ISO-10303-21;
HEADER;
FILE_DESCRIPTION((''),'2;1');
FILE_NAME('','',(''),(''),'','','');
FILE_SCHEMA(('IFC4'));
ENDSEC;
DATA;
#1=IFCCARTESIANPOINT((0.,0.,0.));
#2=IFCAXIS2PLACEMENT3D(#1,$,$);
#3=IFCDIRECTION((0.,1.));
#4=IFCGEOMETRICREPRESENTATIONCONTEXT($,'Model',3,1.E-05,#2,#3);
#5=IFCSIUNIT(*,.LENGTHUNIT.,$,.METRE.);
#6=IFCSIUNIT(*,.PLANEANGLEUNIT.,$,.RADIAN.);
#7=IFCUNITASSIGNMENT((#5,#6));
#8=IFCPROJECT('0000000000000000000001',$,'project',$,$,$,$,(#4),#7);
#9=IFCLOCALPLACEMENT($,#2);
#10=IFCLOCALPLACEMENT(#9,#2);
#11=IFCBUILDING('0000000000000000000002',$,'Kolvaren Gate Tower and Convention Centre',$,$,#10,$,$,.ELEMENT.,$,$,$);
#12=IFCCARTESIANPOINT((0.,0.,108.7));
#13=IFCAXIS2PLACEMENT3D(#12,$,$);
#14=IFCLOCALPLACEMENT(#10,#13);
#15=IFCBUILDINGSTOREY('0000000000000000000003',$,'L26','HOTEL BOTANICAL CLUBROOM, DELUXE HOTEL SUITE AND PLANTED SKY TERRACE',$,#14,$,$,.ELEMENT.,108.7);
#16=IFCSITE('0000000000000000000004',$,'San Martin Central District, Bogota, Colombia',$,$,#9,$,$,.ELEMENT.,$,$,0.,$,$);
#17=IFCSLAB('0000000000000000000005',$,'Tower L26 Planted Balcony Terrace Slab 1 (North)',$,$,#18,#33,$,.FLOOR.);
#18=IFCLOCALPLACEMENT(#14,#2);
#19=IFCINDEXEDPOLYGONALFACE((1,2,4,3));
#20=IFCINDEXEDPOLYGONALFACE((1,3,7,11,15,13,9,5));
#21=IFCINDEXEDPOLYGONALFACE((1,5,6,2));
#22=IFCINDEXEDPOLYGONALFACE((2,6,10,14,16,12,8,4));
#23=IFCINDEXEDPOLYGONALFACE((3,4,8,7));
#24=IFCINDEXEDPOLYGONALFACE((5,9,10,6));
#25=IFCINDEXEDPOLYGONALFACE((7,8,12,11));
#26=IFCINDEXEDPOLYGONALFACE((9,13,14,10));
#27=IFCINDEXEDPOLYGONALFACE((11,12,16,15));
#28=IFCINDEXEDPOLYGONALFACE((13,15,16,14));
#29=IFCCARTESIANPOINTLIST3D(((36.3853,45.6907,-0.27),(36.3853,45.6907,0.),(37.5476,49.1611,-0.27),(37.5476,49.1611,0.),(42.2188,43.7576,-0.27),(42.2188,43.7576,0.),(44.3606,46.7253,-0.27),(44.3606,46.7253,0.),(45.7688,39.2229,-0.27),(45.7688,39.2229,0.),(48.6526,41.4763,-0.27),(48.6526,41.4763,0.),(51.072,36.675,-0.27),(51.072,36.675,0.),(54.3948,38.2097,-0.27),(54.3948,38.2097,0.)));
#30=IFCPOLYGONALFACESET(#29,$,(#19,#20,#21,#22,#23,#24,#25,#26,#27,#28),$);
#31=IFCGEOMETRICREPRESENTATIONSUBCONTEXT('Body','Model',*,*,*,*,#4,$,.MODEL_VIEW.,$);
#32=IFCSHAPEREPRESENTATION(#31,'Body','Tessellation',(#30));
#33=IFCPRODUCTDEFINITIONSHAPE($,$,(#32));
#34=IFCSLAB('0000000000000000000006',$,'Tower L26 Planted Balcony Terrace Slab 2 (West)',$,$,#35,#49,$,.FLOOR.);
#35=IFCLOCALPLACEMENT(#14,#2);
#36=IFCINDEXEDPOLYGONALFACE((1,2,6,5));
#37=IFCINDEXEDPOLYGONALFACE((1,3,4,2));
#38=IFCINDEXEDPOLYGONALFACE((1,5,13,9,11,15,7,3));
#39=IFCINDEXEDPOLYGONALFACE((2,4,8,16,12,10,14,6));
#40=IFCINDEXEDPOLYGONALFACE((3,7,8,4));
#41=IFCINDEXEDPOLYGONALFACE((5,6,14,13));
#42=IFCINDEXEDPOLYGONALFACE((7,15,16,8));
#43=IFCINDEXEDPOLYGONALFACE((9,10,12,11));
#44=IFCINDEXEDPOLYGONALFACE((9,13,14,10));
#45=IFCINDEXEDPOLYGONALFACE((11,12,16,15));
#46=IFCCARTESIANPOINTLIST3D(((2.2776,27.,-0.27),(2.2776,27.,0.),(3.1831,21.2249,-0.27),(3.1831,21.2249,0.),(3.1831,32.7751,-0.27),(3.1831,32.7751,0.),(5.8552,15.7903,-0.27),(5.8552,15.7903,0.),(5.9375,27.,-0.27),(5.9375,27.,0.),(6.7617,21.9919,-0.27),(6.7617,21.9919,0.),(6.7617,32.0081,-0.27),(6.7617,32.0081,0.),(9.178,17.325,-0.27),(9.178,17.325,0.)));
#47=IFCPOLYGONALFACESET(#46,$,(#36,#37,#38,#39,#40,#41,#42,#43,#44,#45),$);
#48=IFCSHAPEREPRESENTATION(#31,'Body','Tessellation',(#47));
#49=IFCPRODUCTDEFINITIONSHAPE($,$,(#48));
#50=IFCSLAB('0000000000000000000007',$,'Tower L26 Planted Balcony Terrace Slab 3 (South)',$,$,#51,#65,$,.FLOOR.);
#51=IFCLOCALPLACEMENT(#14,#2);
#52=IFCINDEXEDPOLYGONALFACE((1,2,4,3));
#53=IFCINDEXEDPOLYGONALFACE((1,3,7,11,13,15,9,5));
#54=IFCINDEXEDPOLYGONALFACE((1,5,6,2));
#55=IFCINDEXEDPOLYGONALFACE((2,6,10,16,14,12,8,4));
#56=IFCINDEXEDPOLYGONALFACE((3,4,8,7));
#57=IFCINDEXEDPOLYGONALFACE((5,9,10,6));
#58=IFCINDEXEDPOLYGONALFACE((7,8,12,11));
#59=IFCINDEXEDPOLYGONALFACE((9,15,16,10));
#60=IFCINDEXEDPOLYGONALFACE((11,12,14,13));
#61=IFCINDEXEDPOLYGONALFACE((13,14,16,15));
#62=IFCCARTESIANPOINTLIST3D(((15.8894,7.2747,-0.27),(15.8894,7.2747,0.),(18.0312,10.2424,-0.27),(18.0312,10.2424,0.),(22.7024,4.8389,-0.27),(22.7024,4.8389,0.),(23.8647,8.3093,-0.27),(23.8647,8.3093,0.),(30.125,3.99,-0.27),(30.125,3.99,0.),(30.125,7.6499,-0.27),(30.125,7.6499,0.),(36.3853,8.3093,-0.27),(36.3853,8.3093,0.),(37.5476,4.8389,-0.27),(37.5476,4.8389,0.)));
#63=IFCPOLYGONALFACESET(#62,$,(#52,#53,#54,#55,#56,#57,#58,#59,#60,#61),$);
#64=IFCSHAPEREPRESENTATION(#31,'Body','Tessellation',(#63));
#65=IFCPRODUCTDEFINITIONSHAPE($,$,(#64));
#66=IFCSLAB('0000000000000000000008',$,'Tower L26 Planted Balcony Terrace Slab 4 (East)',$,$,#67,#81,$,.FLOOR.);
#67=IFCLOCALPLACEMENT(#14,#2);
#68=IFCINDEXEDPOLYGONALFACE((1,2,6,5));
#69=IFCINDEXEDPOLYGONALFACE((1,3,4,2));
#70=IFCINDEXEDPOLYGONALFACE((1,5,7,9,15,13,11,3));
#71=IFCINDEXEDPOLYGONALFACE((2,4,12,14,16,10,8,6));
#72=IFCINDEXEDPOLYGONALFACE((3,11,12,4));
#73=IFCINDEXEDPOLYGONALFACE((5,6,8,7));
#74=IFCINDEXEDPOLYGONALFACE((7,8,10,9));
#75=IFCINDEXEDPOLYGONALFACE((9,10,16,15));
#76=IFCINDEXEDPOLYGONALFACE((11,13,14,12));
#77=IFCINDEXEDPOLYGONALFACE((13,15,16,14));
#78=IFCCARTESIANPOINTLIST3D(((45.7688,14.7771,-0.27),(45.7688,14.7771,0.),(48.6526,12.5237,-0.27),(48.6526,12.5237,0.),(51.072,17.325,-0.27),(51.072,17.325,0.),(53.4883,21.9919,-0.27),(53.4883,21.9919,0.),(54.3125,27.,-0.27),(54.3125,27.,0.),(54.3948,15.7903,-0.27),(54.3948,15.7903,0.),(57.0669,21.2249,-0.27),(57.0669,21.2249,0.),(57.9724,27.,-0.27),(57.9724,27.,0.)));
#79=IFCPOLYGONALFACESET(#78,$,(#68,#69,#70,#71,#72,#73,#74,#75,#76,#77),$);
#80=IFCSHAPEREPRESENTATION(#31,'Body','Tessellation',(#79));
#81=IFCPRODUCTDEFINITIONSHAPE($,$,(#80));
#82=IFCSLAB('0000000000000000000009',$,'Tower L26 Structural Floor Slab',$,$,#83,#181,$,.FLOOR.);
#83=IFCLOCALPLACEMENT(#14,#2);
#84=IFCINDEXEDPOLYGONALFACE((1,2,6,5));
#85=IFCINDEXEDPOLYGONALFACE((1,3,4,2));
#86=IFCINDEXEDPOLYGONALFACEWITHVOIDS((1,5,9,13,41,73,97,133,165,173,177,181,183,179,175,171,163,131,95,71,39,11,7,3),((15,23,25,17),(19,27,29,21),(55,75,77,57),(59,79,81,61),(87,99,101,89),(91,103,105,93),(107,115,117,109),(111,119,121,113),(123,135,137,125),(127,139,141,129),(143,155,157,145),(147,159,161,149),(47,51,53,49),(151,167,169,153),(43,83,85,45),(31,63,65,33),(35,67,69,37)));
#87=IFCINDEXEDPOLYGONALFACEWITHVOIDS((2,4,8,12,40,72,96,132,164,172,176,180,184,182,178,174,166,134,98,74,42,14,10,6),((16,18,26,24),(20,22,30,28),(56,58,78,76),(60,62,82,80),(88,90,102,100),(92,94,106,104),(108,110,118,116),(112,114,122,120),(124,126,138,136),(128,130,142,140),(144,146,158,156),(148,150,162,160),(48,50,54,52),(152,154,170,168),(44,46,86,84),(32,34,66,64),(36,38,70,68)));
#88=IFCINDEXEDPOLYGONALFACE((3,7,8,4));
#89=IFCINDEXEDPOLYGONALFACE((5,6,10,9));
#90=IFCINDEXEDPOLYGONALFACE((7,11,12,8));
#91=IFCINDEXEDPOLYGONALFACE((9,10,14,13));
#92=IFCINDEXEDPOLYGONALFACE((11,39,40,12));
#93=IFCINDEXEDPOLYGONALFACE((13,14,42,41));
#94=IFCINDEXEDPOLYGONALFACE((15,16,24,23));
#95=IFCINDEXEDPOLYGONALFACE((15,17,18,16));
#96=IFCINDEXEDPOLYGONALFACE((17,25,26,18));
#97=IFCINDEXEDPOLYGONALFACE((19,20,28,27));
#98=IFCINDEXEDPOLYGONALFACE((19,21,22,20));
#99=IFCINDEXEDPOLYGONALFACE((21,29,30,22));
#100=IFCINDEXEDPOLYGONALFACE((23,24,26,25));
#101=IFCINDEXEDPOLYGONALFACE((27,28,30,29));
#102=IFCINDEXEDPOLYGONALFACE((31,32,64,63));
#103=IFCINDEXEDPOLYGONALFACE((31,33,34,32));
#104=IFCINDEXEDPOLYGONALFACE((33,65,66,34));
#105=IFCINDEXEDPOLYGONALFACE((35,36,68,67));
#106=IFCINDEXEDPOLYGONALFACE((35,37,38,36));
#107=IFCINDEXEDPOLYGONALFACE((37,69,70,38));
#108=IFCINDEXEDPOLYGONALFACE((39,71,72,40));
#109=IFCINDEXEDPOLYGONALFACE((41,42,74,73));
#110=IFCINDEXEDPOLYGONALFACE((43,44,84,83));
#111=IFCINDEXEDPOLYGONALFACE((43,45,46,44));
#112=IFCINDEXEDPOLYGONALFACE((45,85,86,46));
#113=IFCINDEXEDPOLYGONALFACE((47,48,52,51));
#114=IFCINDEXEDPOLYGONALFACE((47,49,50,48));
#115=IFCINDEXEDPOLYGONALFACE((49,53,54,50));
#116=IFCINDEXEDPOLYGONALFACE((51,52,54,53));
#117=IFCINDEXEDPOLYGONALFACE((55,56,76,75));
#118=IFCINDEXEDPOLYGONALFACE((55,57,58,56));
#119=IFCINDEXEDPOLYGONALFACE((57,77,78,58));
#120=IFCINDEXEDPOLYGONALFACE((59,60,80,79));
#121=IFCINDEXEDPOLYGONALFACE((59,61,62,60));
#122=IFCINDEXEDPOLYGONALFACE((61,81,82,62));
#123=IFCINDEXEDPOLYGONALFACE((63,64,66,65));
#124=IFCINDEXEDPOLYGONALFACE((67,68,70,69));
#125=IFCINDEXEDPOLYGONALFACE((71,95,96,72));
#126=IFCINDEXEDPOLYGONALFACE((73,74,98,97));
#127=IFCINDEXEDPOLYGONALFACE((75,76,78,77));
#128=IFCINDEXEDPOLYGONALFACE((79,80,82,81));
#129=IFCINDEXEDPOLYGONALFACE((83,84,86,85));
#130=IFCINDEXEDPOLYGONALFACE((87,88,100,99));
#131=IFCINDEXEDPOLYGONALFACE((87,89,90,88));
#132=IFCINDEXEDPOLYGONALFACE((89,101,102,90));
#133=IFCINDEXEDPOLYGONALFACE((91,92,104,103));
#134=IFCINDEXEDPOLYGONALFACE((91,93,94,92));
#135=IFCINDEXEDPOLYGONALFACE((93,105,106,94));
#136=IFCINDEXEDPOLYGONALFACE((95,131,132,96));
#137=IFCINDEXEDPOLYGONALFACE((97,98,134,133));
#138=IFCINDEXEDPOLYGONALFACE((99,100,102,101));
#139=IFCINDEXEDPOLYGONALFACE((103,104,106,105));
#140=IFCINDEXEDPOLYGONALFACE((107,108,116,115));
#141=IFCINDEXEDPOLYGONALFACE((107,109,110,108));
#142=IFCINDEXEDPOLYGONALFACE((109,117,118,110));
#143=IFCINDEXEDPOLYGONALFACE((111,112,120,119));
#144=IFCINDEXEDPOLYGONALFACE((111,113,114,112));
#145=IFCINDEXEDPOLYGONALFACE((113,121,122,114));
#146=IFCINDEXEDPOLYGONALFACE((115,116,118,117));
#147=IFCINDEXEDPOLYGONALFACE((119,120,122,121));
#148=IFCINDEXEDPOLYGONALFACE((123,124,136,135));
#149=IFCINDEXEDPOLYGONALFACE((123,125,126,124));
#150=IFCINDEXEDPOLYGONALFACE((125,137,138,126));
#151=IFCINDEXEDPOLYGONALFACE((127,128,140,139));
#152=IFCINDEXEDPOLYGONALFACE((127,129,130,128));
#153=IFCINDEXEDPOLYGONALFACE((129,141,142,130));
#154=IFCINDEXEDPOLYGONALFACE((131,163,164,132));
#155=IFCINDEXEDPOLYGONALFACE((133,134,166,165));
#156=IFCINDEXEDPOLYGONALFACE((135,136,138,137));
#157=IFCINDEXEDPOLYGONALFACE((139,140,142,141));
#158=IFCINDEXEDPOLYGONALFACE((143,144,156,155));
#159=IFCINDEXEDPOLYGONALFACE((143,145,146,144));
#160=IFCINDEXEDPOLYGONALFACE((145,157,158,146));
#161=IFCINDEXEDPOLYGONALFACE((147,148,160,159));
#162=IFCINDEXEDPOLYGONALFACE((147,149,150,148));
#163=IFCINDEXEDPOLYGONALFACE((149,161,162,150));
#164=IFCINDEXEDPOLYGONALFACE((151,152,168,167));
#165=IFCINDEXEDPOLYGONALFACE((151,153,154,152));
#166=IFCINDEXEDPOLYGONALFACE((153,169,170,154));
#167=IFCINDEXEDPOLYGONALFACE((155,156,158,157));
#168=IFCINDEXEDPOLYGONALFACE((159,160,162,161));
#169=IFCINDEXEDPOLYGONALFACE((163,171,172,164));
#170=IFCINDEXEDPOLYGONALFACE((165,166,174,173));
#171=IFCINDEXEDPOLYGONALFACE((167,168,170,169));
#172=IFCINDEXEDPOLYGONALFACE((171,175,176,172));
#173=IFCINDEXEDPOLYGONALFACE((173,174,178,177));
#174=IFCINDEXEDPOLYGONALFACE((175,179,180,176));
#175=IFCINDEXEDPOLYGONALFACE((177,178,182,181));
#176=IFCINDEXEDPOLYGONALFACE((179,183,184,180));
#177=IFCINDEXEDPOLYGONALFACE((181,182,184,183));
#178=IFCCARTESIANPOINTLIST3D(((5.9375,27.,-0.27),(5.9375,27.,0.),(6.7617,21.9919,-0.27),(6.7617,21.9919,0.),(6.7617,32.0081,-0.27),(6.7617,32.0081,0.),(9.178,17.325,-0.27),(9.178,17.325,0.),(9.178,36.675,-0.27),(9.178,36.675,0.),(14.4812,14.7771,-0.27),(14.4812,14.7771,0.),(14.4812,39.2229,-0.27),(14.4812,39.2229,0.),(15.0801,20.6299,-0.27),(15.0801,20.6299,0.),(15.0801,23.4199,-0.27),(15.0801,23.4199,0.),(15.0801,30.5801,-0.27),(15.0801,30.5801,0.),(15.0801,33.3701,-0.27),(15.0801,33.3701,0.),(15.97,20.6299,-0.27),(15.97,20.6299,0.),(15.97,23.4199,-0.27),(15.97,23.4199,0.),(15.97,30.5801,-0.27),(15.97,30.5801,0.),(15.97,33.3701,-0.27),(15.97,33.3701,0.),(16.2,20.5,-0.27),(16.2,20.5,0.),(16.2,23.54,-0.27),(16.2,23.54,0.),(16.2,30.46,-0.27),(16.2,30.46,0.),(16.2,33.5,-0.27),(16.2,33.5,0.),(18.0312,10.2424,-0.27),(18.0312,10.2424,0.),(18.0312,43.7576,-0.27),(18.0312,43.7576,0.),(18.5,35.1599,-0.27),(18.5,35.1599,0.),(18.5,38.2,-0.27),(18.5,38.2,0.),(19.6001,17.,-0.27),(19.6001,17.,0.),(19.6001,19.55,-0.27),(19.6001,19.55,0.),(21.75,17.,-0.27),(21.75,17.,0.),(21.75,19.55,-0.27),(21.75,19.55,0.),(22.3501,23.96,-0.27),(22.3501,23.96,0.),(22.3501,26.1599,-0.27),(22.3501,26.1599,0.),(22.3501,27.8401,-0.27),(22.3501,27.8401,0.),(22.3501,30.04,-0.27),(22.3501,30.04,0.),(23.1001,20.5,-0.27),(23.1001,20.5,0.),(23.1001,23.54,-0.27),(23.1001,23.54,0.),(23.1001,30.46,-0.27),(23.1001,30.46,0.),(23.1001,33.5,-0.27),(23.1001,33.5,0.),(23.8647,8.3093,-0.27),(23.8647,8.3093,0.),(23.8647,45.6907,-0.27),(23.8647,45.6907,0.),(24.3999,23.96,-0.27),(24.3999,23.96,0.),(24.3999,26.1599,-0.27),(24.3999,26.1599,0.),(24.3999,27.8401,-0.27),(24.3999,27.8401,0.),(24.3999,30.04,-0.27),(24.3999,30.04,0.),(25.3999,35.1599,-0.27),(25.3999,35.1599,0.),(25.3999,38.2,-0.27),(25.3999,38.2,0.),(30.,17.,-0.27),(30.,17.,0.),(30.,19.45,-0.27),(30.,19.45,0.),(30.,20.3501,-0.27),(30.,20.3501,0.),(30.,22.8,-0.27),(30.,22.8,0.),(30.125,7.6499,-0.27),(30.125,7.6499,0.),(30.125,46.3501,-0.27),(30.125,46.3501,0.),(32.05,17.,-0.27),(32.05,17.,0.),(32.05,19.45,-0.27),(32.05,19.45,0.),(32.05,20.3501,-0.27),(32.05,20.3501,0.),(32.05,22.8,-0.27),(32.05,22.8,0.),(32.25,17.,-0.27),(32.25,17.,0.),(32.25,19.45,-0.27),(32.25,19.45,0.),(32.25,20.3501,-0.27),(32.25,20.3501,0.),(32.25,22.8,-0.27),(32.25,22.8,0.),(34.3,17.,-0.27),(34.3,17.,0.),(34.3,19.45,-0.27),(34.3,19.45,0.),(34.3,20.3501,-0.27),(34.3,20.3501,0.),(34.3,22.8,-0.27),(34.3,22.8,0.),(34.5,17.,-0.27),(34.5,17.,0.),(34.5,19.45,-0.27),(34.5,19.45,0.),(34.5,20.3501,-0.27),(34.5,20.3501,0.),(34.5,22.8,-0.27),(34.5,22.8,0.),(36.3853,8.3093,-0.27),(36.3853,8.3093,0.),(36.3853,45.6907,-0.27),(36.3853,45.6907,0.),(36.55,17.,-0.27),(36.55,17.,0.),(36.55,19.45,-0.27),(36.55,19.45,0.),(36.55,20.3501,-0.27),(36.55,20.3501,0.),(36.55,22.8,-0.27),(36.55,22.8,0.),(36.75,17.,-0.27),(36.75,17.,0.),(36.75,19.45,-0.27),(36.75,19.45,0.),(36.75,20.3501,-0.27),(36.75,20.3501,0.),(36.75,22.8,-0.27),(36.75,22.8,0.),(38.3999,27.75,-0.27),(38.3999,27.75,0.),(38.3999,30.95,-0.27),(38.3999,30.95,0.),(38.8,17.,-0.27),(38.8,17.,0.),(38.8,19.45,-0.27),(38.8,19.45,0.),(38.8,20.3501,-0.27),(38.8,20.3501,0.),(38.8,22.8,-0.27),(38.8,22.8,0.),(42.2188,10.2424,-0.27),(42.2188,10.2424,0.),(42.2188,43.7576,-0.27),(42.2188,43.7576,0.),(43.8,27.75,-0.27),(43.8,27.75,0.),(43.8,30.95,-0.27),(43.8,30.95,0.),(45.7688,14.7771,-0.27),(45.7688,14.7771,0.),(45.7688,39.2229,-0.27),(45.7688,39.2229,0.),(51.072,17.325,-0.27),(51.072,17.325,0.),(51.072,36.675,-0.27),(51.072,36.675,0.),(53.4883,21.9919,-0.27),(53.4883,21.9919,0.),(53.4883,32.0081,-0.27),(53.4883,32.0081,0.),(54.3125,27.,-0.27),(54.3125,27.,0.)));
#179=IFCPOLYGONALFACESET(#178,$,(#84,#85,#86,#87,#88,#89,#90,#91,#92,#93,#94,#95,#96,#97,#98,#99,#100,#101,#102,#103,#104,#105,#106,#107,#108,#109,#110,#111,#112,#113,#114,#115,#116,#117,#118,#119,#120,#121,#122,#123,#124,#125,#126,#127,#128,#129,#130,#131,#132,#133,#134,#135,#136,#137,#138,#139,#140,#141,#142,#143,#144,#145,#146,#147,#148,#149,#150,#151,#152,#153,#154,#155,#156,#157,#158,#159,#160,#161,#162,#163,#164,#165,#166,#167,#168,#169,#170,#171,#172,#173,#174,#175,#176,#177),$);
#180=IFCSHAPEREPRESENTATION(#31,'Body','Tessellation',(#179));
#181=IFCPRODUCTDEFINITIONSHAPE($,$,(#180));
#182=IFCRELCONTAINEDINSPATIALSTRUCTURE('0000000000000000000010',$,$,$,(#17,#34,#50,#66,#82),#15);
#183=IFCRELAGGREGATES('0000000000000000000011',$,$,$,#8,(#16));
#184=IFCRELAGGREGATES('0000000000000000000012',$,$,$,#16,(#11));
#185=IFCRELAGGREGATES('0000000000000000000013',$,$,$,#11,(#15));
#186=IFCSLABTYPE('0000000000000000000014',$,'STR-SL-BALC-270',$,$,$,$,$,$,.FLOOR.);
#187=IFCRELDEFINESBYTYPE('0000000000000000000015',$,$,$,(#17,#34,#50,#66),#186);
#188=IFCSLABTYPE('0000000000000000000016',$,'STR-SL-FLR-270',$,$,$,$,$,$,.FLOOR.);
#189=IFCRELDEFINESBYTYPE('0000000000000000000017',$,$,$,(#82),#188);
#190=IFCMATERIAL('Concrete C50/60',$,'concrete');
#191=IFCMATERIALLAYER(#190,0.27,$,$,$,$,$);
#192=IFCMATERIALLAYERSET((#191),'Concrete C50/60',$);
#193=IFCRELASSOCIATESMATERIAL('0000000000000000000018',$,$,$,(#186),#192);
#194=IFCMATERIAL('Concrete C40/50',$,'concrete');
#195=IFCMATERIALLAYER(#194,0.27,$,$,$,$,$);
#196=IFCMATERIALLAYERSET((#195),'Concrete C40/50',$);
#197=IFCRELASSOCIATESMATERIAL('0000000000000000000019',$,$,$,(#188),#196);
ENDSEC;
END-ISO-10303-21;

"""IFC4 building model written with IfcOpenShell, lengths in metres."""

from ifc_helpers import new_model, si_unit, direction, frame, origin, place, context, subcontext, project, spatial, polyline, outline, extrude, material, layer, layer_set, type_object, element, save


model = new_model("IFC4")

# Units and contexts
model_context = context("Model", 3, precision=1e-05, world=origin(), true_north=direction((0.0, 1.0)))
body_context = subcontext(model_context, "Body", "Model", "MODEL_VIEW")
ifc_project = project(units=[si_unit("LENGTHUNIT", "METRE"), si_unit("PLANEANGLEUNIT", "RADIAN")], contexts=[model_context])

# Site, building, storey
site_placement = place(None, origin())
site = spatial("IfcSite", under=ifc_project, at=site_placement, Name="San Martin Central District, Bogota, Colombia", CompositionType="ELEMENT", RefElevation=0.0)
building_placement = place(site_placement, origin())
building = spatial("IfcBuilding", under=site, at=building_placement, Name="Kolvaren Gate Tower and Convention Centre", CompositionType="ELEMENT")
storey_placement = place(building_placement, frame((0.0, 0.0, 108.7)))
storey = spatial("IfcBuildingStorey", under=building, at=storey_placement, Name="L26", Description="HOTEL BOTANICAL CLUBROOM, DELUXE HOTEL SUITE AND PLANTED SKY TERRACE", CompositionType="ELEMENT", Elevation=108.7)

# Slabs
ifc_material_1 = material(Name="Concrete C50/60", Category="concrete")
ifc_layer_1 = layer(ifc_material_1, 0.27)
ifc_layer_set_1 = layer_set([ifc_layer_1], Name="Concrete C50/60")
slab_type_1 = type_object("IfcSlabType", Name="STR-SL-BALC-270", PredefinedType="FLOOR", material=ifc_layer_set_1)
slab_1_placement = place(storey_placement, frame((0.0, 0.0, -0.27)))
element("IfcSlab", 1, at=slab_1_placement, inside=storey, type_object=slab_type_1, Name="Tower L26 Planted Balcony Terrace Slab 1 (North)", PredefinedType="FLOOR", context=body_context, shape_type="SweptSolid", body=[
    extrude(outline(polyline([(51.072, 36.675), (45.7688, 39.2229), (42.2188, 43.7576), (36.3853, 45.6907), (37.5476, 49.1611), (44.3606, 46.7253), (48.6526, 41.4763), (54.3948, 38.2097), (51.072, 36.675)])), origin(), (0.0, 0.0, 1.0), 0.27),
])
slab_2_placement = place(storey_placement, frame((0.0, 0.0, -0.27)))
element("IfcSlab", 2, at=slab_2_placement, inside=storey, type_object=slab_type_1, Name="Tower L26 Planted Balcony Terrace Slab 2 (West)", PredefinedType="FLOOR", context=body_context, shape_type="SweptSolid", body=[
    extrude(outline(polyline([(6.7617, 32.0081), (5.9375, 27.0), (6.7617, 21.9919), (9.178, 17.325), (5.8552, 15.7903), (3.1831, 21.2249), (2.2776, 27.0), (3.1831, 32.7751), (6.7617, 32.0081)])), origin(), (0.0, 0.0, 1.0), 0.27),
])
slab_3_placement = place(storey_placement, frame((0.0, 0.0, -0.27)))
element("IfcSlab", 3, at=slab_3_placement, inside=storey, type_object=slab_type_1, Name="Tower L26 Planted Balcony Terrace Slab 3 (South)", PredefinedType="FLOOR", context=body_context, shape_type="SweptSolid", body=[
    extrude(outline(polyline([(18.0312, 10.2424), (23.8647, 8.3093), (30.125, 7.6499), (36.3853, 8.3093), (37.5476, 4.8389), (30.125, 3.99), (22.7024, 4.8389), (15.8894, 7.2747), (18.0312, 10.2424)])), origin(), (0.0, 0.0, 1.0), 0.27),
])
slab_4_placement = place(storey_placement, frame((0.0, 0.0, -0.27)))
element("IfcSlab", 4, at=slab_4_placement, inside=storey, type_object=slab_type_1, Name="Tower L26 Planted Balcony Terrace Slab 4 (East)", PredefinedType="FLOOR", context=body_context, shape_type="SweptSolid", body=[
    extrude(outline(polyline([(45.7688, 14.7771), (51.072, 17.325), (53.4883, 21.9919), (54.3125, 27.0), (57.9724, 27.0), (57.0669, 21.2249), (54.3948, 15.7903), (48.6526, 12.5237), (45.7688, 14.7771)])), origin(), (0.0, 0.0, 1.0), 0.27),
])
ifc_material_2 = material(Name="Concrete C40/50", Category="concrete")
ifc_layer_2 = layer(ifc_material_2, 0.27)
ifc_layer_set_2 = layer_set([ifc_layer_2], Name="Concrete C40/50")
slab_type_2 = type_object("IfcSlabType", Name="STR-SL-FLR-270", PredefinedType="FLOOR", material=ifc_layer_set_2)
slab_5_placement = place(storey_placement, frame((0.0, 0.0, -0.27)))
element("IfcSlab", 5, at=slab_5_placement, inside=storey, type_object=slab_type_2, Name="Tower L26 Structural Floor Slab", PredefinedType="FLOOR", context=body_context, shape_type="SweptSolid", body=[
    extrude(outline(polyline([(54.3125, 27.0), (53.4883, 32.0081), (51.072, 36.675), (45.7688, 39.2229), (42.2188, 43.7576), (36.3853, 45.6907), (30.125, 46.3501), (23.8647, 45.6907), (18.0312, 43.7576), (14.4812, 39.2229), (9.178, 36.675), (6.7617, 32.0081), (5.9375, 27.0), (6.7617, 21.9919), (9.178, 17.325), (14.4812, 14.7771), (18.0312, 10.2424), (23.8647, 8.3093), (30.125, 7.6499), (36.3853, 8.3093), (42.2188, 10.2424), (45.7688, 14.7771), (51.072, 17.325), (53.4883, 21.9919), (54.3125, 27.0)]), holes=[polyline([(38.3999, 30.95), (43.8, 30.95), (43.8, 27.75), (38.3999, 27.75), (38.3999, 30.95)]), polyline([(36.75, 22.8), (38.8, 22.8), (38.8, 20.3501), (36.75, 20.3501), (36.75, 22.8)]), polyline([(36.75, 17.0), (36.75, 19.45), (38.8, 19.45), (38.8, 17.0), (36.75, 17.0)]), polyline([(34.5, 20.3501), (34.5, 22.8), (36.55, 22.8), (36.55, 20.3501), (34.5, 20.3501)]), polyline([(34.5, 17.0), (34.5, 19.45), (36.55, 19.45), (36.55, 17.0), (34.5, 17.0)]), polyline([(32.25, 20.3501), (32.25, 22.8), (34.3, 22.8), (34.3, 20.3501), (32.25, 20.3501)]), polyline([(32.25, 17.0), (32.25, 19.45), (34.3, 19.45), (34.3, 17.0), (32.25, 17.0)]), polyline([(30.0, 17.0), (30.0, 19.45), (32.05, 19.45), (32.05, 17.0), (30.0, 17.0)]), polyline([(30.0, 20.3501), (30.0, 22.8), (32.05, 22.8), (32.05, 20.3501), (30.0, 20.3501)]), polyline([(25.3999, 38.2), (25.3999, 35.1599), (18.5, 35.1599), (18.5, 38.2), (25.3999, 38.2)]), polyline([(22.3501, 27.8401), (22.3501, 30.04), (24.3999, 30.04), (24.3999, 27.8401), (22.3501, 27.8401)]), polyline([(22.3501, 23.96), (22.3501, 26.1599), (24.3999, 26.1599), (24.3999, 23.96), (22.3501, 23.96)]), polyline([(23.1001, 33.5), (23.1001, 30.46), (16.2, 30.46), (16.2, 33.5), (23.1001, 33.5)]), polyline([(23.1001, 23.54), (23.1001, 20.5), (16.2, 20.5), (16.2, 23.54), (23.1001, 23.54)]), polyline([(19.6001, 17.0), (19.6001, 19.55), (21.75, 19.55), (21.75, 17.0), (19.6001, 17.0)]), polyline([(15.0801, 20.6299), (15.0801, 23.4199), (15.97, 23.4199), (15.97, 20.6299), (15.0801, 20.6299)]), polyline([(15.0801, 30.5801), (15.0801, 33.3701), (15.97, 33.3701), (15.97, 30.5801), (15.0801, 30.5801)])]), origin(), (0.0, 0.0, 1.0), 0.27),
])

save(model, "model.ifc")
